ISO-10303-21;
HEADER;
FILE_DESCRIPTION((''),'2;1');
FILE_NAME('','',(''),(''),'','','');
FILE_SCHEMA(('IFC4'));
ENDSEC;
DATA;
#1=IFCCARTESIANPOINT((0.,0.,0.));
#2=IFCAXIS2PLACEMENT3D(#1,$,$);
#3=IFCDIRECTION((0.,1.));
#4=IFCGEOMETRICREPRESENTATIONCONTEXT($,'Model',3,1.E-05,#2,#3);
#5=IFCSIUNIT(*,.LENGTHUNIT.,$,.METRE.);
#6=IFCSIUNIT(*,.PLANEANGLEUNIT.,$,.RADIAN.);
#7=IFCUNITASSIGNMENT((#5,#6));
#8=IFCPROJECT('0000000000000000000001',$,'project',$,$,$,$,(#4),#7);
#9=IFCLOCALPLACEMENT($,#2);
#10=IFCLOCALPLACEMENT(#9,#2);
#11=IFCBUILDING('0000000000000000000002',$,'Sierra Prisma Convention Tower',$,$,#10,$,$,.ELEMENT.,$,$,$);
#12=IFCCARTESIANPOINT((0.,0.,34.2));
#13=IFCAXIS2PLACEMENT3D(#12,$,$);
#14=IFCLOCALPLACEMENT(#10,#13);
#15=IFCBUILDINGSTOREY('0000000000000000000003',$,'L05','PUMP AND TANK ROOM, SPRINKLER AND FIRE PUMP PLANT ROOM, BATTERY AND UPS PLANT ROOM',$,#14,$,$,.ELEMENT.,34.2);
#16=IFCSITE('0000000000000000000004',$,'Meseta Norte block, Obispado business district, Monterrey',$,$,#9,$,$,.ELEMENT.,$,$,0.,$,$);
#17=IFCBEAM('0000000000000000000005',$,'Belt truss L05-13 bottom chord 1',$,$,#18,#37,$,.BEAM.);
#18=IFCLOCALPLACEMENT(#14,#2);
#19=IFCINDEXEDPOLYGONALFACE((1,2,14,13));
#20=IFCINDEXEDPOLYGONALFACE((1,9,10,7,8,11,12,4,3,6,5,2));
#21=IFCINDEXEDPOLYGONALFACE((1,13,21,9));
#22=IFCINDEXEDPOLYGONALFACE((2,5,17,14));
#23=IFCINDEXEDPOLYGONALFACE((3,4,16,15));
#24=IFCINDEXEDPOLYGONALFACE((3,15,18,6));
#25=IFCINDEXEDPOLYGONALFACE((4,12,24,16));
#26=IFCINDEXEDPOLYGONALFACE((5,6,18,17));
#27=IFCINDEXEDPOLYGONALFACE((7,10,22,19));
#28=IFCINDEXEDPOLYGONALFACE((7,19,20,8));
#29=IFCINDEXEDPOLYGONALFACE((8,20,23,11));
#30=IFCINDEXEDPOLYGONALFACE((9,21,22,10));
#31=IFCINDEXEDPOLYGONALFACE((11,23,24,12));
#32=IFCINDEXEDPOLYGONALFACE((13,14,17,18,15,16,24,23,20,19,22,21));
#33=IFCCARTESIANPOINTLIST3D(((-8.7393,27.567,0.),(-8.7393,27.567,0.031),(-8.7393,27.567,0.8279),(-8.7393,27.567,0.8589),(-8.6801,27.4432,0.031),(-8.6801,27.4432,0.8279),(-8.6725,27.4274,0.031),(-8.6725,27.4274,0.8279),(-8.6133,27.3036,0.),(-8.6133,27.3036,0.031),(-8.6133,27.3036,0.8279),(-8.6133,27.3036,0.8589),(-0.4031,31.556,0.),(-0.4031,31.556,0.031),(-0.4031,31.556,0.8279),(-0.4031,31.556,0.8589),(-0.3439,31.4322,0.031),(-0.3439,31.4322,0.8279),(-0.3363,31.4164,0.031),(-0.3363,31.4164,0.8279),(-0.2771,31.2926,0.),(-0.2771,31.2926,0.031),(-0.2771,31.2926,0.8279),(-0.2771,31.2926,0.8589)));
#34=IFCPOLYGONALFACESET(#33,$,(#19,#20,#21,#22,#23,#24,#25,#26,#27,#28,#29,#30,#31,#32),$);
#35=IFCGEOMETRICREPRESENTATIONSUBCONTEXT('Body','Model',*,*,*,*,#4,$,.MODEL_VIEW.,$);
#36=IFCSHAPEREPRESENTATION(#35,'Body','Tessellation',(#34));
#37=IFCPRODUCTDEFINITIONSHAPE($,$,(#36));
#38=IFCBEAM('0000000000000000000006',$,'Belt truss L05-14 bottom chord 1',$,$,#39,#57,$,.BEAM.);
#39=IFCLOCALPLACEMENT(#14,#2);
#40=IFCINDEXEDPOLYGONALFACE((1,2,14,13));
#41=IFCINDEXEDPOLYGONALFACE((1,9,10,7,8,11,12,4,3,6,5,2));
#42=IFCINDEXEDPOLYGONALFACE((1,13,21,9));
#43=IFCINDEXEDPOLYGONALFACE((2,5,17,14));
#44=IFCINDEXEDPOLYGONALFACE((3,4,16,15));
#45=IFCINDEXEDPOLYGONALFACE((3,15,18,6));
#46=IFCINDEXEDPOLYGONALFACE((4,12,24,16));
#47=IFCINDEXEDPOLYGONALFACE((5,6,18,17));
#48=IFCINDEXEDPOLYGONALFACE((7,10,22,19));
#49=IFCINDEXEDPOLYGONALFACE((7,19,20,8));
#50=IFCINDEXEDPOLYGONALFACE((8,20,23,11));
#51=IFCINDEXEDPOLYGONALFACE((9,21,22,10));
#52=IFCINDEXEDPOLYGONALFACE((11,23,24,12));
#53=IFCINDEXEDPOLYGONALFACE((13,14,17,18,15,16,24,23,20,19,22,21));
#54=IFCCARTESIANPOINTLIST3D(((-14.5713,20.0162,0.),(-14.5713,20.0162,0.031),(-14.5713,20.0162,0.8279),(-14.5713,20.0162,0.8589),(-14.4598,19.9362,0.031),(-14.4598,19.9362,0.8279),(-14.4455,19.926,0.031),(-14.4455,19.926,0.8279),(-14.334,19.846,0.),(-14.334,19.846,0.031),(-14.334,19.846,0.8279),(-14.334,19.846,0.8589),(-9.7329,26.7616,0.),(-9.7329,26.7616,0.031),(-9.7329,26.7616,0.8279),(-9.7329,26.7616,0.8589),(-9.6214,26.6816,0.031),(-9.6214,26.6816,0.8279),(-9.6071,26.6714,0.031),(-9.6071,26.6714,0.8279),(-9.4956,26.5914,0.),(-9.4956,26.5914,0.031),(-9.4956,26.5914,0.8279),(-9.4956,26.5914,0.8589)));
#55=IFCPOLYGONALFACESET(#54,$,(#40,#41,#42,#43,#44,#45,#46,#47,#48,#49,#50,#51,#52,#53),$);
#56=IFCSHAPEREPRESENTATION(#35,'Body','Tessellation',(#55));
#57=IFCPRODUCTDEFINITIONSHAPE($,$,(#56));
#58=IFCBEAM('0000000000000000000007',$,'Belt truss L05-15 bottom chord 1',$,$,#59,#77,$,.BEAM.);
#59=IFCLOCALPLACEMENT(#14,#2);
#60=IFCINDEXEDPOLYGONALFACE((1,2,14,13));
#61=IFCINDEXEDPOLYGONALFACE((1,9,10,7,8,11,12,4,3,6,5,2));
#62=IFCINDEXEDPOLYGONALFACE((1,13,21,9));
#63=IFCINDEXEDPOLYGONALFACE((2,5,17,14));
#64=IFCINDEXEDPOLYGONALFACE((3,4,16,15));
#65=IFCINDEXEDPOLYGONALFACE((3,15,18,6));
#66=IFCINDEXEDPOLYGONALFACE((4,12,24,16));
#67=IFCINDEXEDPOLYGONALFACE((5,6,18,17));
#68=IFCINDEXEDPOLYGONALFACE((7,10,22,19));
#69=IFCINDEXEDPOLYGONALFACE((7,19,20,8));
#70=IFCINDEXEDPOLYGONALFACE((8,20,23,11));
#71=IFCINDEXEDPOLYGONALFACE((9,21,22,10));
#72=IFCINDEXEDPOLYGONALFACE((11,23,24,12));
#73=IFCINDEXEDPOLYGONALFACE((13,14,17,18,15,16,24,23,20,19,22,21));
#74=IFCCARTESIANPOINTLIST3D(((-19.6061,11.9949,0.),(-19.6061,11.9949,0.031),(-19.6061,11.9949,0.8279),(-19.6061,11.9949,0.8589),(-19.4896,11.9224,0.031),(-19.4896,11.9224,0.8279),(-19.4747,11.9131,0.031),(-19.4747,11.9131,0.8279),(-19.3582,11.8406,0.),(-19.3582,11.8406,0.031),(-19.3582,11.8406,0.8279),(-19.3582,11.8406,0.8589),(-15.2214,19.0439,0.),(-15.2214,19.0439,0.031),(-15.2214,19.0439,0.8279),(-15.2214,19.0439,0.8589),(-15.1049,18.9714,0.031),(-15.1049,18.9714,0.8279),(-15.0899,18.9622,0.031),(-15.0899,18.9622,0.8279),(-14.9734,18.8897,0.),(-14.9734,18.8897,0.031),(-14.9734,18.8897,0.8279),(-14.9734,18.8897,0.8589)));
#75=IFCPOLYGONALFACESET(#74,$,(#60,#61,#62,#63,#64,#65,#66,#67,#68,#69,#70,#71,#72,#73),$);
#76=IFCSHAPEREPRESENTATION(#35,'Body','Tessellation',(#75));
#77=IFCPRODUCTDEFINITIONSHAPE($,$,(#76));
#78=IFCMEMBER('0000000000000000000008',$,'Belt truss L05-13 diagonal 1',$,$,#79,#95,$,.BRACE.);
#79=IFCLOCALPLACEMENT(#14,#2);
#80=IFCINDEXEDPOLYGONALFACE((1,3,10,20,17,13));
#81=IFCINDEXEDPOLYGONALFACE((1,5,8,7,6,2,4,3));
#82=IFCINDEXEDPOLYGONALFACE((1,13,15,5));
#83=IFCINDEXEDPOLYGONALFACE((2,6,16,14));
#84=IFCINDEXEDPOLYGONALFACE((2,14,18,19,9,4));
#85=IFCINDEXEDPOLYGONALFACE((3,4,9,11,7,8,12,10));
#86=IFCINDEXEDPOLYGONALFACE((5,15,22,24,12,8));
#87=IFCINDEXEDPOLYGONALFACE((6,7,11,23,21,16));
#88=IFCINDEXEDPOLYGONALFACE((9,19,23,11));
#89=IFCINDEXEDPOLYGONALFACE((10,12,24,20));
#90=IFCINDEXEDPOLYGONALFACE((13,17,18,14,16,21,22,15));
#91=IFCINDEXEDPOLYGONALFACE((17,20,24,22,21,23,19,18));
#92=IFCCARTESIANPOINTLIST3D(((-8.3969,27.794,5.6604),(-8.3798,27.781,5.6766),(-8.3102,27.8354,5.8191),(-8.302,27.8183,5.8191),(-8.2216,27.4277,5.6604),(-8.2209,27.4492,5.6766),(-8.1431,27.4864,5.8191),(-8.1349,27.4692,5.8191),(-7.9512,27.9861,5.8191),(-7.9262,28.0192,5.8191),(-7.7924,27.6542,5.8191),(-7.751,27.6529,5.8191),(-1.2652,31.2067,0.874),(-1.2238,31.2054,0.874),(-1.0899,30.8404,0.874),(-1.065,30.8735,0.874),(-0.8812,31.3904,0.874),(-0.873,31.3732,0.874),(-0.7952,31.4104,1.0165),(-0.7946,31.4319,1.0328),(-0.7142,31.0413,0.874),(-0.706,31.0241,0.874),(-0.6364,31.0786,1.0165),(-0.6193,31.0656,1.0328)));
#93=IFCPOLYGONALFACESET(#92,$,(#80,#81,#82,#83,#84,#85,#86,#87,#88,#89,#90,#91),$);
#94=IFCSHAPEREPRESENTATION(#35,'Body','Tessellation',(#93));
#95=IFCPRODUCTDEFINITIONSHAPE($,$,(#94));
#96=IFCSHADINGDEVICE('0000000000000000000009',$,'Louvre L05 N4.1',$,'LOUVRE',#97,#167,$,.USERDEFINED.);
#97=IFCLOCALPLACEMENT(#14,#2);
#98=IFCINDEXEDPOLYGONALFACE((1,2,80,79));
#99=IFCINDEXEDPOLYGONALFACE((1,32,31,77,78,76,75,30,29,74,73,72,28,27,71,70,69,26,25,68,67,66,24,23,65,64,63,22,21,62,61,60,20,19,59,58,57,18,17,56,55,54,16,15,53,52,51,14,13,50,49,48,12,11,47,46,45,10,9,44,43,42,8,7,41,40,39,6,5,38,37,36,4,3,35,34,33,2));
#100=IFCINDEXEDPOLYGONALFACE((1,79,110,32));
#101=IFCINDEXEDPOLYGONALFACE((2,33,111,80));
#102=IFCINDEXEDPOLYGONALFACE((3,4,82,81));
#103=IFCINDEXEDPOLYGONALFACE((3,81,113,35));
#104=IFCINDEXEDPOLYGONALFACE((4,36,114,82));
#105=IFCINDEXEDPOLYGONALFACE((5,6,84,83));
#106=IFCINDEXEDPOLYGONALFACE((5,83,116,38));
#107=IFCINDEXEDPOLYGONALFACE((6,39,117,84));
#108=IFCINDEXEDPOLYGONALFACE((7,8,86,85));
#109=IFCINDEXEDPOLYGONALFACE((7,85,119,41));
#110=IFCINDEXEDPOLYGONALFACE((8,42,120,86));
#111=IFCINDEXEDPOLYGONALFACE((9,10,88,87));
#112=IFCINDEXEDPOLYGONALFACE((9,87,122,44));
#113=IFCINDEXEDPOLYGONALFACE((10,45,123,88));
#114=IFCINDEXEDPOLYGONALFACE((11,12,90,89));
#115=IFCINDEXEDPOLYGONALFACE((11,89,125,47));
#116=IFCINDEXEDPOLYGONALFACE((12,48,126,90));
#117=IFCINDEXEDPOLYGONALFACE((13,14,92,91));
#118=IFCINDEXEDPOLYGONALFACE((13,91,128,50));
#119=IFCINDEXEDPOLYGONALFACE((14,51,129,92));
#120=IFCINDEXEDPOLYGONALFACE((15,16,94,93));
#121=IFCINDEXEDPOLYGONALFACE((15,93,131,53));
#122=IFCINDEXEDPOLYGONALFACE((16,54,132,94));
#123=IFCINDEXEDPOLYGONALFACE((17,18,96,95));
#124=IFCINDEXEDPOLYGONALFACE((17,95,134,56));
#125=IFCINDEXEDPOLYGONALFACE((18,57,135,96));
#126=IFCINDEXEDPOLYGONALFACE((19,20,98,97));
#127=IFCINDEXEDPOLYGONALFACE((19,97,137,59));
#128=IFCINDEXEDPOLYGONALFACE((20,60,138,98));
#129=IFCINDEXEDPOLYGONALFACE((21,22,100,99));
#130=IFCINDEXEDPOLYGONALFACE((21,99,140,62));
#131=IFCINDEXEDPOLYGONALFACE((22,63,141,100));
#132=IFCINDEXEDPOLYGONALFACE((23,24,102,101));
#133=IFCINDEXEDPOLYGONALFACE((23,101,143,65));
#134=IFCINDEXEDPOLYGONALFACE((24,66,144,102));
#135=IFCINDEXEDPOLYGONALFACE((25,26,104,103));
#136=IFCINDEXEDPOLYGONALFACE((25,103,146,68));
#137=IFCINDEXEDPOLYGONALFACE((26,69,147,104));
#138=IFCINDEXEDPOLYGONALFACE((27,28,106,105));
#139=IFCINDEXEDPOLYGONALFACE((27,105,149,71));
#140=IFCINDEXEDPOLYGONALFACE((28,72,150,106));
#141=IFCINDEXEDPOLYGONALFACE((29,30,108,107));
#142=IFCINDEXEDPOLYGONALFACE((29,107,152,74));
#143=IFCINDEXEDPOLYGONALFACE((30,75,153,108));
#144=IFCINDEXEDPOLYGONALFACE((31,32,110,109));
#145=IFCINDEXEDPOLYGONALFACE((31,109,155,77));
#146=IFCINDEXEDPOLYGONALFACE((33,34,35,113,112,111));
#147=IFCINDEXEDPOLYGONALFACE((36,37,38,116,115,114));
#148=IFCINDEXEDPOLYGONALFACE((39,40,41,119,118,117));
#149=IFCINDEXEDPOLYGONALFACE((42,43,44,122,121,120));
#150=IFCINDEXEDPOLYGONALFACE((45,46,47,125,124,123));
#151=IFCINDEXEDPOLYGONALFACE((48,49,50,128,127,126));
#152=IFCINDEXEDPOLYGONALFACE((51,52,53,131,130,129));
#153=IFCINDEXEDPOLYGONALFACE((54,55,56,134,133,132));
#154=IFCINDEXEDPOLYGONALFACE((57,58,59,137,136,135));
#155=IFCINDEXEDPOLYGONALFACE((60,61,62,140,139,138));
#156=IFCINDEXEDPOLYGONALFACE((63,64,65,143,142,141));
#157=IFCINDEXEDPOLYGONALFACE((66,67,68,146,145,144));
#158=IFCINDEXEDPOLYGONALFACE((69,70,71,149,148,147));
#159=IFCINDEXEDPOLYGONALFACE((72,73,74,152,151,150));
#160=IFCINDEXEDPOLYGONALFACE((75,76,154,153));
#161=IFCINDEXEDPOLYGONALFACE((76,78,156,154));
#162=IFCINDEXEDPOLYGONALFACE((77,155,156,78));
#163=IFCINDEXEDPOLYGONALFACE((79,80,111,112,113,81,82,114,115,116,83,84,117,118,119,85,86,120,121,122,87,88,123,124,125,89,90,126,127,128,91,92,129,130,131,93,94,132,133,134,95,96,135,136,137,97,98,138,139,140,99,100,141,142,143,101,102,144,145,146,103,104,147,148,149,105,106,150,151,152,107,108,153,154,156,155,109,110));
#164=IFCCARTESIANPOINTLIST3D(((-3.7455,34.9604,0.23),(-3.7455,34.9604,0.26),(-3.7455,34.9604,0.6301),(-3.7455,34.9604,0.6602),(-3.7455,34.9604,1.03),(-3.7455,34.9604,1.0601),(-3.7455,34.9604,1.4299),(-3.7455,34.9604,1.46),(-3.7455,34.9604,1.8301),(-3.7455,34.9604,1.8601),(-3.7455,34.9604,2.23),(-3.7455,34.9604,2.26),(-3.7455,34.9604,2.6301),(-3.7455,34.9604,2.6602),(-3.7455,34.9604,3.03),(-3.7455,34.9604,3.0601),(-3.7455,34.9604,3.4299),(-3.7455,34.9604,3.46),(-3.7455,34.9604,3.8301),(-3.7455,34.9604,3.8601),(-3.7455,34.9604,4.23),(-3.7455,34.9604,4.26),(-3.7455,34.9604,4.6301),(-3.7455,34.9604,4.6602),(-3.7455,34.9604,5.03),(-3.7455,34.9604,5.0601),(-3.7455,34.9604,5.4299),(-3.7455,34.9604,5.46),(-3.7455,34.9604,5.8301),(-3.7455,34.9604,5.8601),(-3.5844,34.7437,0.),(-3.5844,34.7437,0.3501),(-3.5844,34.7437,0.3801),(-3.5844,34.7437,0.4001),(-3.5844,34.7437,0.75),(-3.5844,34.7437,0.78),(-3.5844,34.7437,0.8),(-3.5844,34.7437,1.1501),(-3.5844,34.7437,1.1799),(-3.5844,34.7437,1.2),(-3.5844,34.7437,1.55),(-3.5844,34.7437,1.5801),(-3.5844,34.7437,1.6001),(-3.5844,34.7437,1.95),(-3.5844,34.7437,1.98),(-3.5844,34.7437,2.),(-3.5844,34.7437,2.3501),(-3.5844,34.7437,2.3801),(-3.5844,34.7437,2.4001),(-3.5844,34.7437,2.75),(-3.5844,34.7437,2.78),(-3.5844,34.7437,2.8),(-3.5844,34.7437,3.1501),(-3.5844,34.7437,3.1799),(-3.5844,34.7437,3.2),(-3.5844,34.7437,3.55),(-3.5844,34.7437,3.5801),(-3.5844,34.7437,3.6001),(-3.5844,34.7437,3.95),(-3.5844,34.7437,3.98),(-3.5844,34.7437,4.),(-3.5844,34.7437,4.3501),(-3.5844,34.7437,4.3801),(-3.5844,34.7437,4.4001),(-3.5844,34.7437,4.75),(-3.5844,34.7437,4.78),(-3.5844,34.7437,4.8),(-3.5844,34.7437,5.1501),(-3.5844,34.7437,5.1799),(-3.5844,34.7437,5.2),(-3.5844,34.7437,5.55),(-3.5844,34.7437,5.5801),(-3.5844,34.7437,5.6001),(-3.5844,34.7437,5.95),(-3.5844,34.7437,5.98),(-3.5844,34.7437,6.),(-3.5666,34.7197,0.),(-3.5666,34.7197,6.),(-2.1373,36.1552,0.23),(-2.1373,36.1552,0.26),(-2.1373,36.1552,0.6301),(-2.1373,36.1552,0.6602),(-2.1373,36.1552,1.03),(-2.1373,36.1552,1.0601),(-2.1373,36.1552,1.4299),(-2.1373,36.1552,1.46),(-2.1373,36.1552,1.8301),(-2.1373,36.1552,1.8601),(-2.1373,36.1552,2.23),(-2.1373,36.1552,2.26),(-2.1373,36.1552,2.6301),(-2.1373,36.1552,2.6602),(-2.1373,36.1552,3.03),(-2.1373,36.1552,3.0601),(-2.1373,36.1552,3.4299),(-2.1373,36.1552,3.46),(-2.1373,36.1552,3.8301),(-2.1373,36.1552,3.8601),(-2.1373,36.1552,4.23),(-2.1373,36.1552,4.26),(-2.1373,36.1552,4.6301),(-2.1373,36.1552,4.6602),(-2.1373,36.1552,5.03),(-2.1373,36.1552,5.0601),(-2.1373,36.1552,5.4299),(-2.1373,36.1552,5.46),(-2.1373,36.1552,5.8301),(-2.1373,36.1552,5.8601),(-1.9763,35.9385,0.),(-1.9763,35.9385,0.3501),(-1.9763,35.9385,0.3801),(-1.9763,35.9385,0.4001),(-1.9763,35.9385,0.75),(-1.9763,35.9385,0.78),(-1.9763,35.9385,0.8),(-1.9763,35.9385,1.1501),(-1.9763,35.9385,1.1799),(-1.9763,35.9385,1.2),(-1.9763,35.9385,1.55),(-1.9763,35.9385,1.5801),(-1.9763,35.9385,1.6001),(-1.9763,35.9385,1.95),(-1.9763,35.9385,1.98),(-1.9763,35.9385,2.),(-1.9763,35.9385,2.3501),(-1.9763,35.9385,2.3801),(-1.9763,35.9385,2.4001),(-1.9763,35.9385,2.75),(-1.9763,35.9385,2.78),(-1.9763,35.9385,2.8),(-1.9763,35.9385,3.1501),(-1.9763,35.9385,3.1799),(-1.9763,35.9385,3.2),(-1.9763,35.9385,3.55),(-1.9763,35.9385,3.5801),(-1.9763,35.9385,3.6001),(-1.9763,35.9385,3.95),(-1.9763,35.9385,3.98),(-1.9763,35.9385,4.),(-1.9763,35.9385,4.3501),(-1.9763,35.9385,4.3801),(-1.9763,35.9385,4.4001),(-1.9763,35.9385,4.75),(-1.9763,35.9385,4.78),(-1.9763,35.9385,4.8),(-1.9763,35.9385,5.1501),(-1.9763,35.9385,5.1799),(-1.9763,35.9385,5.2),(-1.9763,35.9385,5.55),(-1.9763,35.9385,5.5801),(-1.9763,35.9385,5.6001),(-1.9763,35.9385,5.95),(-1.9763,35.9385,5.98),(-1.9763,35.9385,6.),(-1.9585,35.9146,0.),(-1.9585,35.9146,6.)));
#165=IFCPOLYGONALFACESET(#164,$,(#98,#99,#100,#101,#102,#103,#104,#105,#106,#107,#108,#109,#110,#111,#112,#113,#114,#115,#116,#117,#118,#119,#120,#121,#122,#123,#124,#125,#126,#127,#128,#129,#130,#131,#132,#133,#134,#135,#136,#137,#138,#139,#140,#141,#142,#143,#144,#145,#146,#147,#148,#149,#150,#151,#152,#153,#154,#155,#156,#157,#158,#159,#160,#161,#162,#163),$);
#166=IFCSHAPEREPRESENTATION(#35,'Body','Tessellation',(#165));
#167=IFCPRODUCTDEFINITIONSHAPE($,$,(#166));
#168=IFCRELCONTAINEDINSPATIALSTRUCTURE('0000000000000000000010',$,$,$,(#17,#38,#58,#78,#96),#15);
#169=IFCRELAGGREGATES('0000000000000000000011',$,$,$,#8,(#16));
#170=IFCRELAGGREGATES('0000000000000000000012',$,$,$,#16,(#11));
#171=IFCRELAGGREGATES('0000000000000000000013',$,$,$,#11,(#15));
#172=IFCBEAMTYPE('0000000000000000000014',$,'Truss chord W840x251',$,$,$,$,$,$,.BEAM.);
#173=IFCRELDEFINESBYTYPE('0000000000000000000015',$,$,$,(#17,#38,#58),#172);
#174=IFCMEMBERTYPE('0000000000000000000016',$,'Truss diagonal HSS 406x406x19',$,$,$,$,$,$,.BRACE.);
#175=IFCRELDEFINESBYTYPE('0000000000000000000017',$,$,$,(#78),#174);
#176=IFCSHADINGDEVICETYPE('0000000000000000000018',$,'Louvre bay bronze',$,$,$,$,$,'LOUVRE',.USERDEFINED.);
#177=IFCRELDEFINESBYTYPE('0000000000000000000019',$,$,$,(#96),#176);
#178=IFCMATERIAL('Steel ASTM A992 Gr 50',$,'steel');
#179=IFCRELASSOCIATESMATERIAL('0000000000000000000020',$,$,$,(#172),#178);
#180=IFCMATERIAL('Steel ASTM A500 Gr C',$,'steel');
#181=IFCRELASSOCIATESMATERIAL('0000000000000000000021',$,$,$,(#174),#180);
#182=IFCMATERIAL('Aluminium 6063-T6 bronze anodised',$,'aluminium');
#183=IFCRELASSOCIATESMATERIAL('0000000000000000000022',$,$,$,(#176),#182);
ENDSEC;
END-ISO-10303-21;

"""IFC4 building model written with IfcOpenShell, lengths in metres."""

from ifc_helpers import new_model, si_unit, direction, frame, origin, origin_2d, place, context, subcontext, project, spatial, polyline, hollow_rectangle, i_section, outline, extrude, clip, halfspace, material, material_profile, profile_set, type_object, element, save


model = new_model("IFC4")

# Units and contexts
model_context = context("Model", 3, precision=1e-05, world=origin(), true_north=direction((0.0, 1.0)))
body_context = subcontext(model_context, "Body", "Model", "MODEL_VIEW")
ifc_project = project(units=[si_unit("LENGTHUNIT", "METRE"), si_unit("PLANEANGLEUNIT", "RADIAN")], contexts=[model_context])

# Site, building, storey
site_placement = place(None, origin())
site = spatial("IfcSite", under=ifc_project, at=site_placement, Name="Meseta Norte block, Obispado business district, Monterrey", CompositionType="ELEMENT", RefElevation=0.0)
building_placement = place(site_placement, origin())
building = spatial("IfcBuilding", under=site, at=building_placement, Name="Sierra Prisma Convention Tower", CompositionType="ELEMENT")
storey_placement = place(building_placement, frame((0.0, 0.0, 34.2)))
storey = spatial("IfcBuildingStorey", under=building, at=storey_placement, Name="L05", Description="PUMP AND TANK ROOM, SPRINKLER AND FIRE PUMP PLANT ROOM, BATTERY AND UPS PLANT ROOM", CompositionType="ELEMENT", Elevation=34.2)

# Beams
ifc_material_1 = material(Name="Steel ASTM A992 Gr 50", Category="steel")
ifc_material_profile_1 = material_profile(ifc_material_1, i_section(OverallWidth=0.292, OverallDepth=0.8589, WebThickness=0.0176, FlangeThickness=0.031, at=origin_2d()), Name="W840x251")
ifc_profile_set_1 = profile_set([ifc_material_profile_1], Name="Steel ASTM A992 Gr 50")
beam_type_1 = type_object("IfcBeamType", Name="Truss chord W840x251", PredefinedType="BEAM", material=ifc_profile_set_1)
beam_1_placement = place(storey_placement, frame((-0.3401, 31.4243, 0.4294), z_axis=(-0.902044, -0.431644, 0.0), x_axis=(0.431644, -0.902044, 0.0)))
element("IfcBeam", 1, at=beam_1_placement, inside=storey, type_object=beam_type_1, Name="Belt truss L05-13 bottom chord 1", PredefinedType="BEAM", context=body_context, shape_type="SweptSolid", body=[
    extrude(i_section(OverallWidth=0.292, OverallDepth=0.8589, WebThickness=0.0176, FlangeThickness=0.031, at=origin_2d()), origin(), (0.0, 0.0, 1.0), 9.2415),
])
beam_2_placement = place(storey_placement, frame((-9.6143, 26.6765, 0.4294), z_axis=(-0.582853, -0.812577, 0.0), x_axis=(0.812577, -0.582853, 0.0)))
element("IfcBeam", 2, at=beam_2_placement, inside=storey, type_object=beam_type_1, Name="Belt truss L05-14 bottom chord 1", PredefinedType="BEAM", context=body_context, shape_type="SweptSolid", body=[
    extrude(i_section(OverallWidth=0.292, OverallDepth=0.8589, WebThickness=0.0176, FlangeThickness=0.031, at=origin_2d()), origin(), (0.0, 0.0, 1.0), 8.3013),
])
beam_3_placement = place(storey_placement, frame((-15.0974, 18.9668, 0.4294), z_axis=(-0.528187, -0.849128, 0.0), x_axis=(0.849128, -0.528187, 0.0)))
element("IfcBeam", 3, at=beam_3_placement, inside=storey, type_object=beam_type_1, Name="Belt truss L05-15 bottom chord 1", PredefinedType="BEAM", context=body_context, shape_type="SweptSolid", body=[
    extrude(i_section(OverallWidth=0.292, OverallDepth=0.8589, WebThickness=0.0176, FlangeThickness=0.031, at=origin_2d()), origin(), (0.0, 0.0, 1.0), 8.3015),
])

# Member
ifc_material_2 = material(Name="Steel ASTM A500 Gr C", Category="steel")
ifc_material_profile_2 = material_profile(ifc_material_2, hollow_rectangle(XDim=0.406, YDim=0.406, WallThickness=0.019, at=origin_2d()), Name="Truss diagonal HSS 406x406x19")
ifc_profile_set_2 = profile_set([ifc_material_profile_2], Name="Steel ASTM A500 Gr C")
member_type = type_object("IfcMemberType", Name="Truss diagonal HSS 406x406x19", PredefinedType="BRACE", material=ifc_profile_set_2)
member_1_placement = place(storey_placement, frame((-0.8018, 31.2034, 0.8591), z_axis=(-0.771652, -0.369256, 0.517883), x_axis=(0.43165, -0.902041, 0.0)))
element("IfcMember", 4, at=member_1_placement, inside=storey, type_object=member_type, Name="Belt truss L05-13 diagonal 1", PredefinedType="BRACE", context=body_context, shape_type="SweptSolid", body=[
    clip(clip(extrude(hollow_rectangle(XDim=0.406, YDim=0.406, WallThickness=0.019, at=origin_2d()), origin(), (0.0, 0.0, 1.0), 9.6062), halfspace(frame((0.0, 0.0127, 0.0078), z_axis=(0.0, 0.855451, 0.517883), x_axis=(1.0, 0.0, 0.0)), True)), halfspace(frame((0.0, -0.0127, 9.5984), z_axis=(0.0, -0.855451, -0.517883), x_axis=(1.0, 0.0, 0.0)), True)),
])

# Shading device
ifc_material_3 = material(Name="Aluminium 6063-T6 bronze anodised", Category="aluminium")
shading_device_type = type_object("IfcShadingDeviceType", Name="Louvre bay bronze", ElementType="LOUVRE", PredefinedType="USERDEFINED", material=ifc_material_3)
shading_device_1_placement = place(storey_placement, frame((-1.9585, 35.9146, 0.0), z_axis=(0.802697, 0.596387, 0.0), x_axis=(0.0, 0.0, 1.0)))
element("IfcShadingDevice", 5, at=shading_device_1_placement, inside=storey, type_object=shading_device_type, Name="Louvre L05 N4.1", ObjectType="LOUVRE", PredefinedType="USERDEFINED", context=body_context, shape_type="SweptSolid", body=[
    extrude(outline(polyline([(0.0, 0.0), (6.0, 0.0), (6.0, -0.0298), (5.98, -0.0298), (5.8601, -0.2999), (5.8301, -0.2999), (5.95, -0.0298), (5.6001, -0.0298), (5.5801, -0.0298), (5.46, -0.2999), (5.4299, -0.2999), (5.55, -0.0298), (5.2, -0.0298), (5.1799, -0.0298), (5.0601, -0.2999), (5.03, -0.2999), (5.1501, -0.0298), (4.8, -0.0298), (4.78, -0.0298), (4.6602, -0.2999), (4.6301, -0.2999), (4.75, -0.0298), (4.4001, -0.0298), (4.3801, -0.0298), (4.26, -0.2999), (4.23, -0.2999), (4.3501, -0.0298), (4.0, -0.0298), (3.98, -0.0298), (3.8601, -0.2999), (3.8301, -0.2999), (3.95, -0.0298), (3.6001, -0.0298), (3.5801, -0.0298), (3.46, -0.2999), (3.4299, -0.2999), (3.55, -0.0298), (3.2, -0.0298), (3.1799, -0.0298), (3.0601, -0.2999), (3.03, -0.2999), (3.1501, -0.0298), (2.8, -0.0298), (2.78, -0.0298), (2.6602, -0.2999), (2.6301, -0.2999), (2.75, -0.0298), (2.4001, -0.0298), (2.3801, -0.0298), (2.26, -0.2999), (2.23, -0.2999), (2.3501, -0.0298), (2.0, -0.0298), (1.98, -0.0298), (1.8601, -0.2999), (1.8301, -0.2999), (1.95, -0.0298), (1.6001, -0.0298), (1.5801, -0.0298), (1.46, -0.2999), (1.4299, -0.2999), (1.55, -0.0298), (1.2, -0.0298), (1.1799, -0.0298), (1.0601, -0.2999), (1.03, -0.2999), (1.1501, -0.0298), (0.8, -0.0298), (0.78, -0.0298), (0.6602, -0.2999), (0.6301, -0.2999), (0.75, -0.0298), (0.4001, -0.0298), (0.3801, -0.0298), (0.26, -0.2999), (0.23, -0.2999), (0.3501, -0.0298), (0.0, -0.0298), (0.0, 0.0)])), origin(), (0.0, 0.0, -1.0), 2.0034),
])

save(model, "model.ifc")
